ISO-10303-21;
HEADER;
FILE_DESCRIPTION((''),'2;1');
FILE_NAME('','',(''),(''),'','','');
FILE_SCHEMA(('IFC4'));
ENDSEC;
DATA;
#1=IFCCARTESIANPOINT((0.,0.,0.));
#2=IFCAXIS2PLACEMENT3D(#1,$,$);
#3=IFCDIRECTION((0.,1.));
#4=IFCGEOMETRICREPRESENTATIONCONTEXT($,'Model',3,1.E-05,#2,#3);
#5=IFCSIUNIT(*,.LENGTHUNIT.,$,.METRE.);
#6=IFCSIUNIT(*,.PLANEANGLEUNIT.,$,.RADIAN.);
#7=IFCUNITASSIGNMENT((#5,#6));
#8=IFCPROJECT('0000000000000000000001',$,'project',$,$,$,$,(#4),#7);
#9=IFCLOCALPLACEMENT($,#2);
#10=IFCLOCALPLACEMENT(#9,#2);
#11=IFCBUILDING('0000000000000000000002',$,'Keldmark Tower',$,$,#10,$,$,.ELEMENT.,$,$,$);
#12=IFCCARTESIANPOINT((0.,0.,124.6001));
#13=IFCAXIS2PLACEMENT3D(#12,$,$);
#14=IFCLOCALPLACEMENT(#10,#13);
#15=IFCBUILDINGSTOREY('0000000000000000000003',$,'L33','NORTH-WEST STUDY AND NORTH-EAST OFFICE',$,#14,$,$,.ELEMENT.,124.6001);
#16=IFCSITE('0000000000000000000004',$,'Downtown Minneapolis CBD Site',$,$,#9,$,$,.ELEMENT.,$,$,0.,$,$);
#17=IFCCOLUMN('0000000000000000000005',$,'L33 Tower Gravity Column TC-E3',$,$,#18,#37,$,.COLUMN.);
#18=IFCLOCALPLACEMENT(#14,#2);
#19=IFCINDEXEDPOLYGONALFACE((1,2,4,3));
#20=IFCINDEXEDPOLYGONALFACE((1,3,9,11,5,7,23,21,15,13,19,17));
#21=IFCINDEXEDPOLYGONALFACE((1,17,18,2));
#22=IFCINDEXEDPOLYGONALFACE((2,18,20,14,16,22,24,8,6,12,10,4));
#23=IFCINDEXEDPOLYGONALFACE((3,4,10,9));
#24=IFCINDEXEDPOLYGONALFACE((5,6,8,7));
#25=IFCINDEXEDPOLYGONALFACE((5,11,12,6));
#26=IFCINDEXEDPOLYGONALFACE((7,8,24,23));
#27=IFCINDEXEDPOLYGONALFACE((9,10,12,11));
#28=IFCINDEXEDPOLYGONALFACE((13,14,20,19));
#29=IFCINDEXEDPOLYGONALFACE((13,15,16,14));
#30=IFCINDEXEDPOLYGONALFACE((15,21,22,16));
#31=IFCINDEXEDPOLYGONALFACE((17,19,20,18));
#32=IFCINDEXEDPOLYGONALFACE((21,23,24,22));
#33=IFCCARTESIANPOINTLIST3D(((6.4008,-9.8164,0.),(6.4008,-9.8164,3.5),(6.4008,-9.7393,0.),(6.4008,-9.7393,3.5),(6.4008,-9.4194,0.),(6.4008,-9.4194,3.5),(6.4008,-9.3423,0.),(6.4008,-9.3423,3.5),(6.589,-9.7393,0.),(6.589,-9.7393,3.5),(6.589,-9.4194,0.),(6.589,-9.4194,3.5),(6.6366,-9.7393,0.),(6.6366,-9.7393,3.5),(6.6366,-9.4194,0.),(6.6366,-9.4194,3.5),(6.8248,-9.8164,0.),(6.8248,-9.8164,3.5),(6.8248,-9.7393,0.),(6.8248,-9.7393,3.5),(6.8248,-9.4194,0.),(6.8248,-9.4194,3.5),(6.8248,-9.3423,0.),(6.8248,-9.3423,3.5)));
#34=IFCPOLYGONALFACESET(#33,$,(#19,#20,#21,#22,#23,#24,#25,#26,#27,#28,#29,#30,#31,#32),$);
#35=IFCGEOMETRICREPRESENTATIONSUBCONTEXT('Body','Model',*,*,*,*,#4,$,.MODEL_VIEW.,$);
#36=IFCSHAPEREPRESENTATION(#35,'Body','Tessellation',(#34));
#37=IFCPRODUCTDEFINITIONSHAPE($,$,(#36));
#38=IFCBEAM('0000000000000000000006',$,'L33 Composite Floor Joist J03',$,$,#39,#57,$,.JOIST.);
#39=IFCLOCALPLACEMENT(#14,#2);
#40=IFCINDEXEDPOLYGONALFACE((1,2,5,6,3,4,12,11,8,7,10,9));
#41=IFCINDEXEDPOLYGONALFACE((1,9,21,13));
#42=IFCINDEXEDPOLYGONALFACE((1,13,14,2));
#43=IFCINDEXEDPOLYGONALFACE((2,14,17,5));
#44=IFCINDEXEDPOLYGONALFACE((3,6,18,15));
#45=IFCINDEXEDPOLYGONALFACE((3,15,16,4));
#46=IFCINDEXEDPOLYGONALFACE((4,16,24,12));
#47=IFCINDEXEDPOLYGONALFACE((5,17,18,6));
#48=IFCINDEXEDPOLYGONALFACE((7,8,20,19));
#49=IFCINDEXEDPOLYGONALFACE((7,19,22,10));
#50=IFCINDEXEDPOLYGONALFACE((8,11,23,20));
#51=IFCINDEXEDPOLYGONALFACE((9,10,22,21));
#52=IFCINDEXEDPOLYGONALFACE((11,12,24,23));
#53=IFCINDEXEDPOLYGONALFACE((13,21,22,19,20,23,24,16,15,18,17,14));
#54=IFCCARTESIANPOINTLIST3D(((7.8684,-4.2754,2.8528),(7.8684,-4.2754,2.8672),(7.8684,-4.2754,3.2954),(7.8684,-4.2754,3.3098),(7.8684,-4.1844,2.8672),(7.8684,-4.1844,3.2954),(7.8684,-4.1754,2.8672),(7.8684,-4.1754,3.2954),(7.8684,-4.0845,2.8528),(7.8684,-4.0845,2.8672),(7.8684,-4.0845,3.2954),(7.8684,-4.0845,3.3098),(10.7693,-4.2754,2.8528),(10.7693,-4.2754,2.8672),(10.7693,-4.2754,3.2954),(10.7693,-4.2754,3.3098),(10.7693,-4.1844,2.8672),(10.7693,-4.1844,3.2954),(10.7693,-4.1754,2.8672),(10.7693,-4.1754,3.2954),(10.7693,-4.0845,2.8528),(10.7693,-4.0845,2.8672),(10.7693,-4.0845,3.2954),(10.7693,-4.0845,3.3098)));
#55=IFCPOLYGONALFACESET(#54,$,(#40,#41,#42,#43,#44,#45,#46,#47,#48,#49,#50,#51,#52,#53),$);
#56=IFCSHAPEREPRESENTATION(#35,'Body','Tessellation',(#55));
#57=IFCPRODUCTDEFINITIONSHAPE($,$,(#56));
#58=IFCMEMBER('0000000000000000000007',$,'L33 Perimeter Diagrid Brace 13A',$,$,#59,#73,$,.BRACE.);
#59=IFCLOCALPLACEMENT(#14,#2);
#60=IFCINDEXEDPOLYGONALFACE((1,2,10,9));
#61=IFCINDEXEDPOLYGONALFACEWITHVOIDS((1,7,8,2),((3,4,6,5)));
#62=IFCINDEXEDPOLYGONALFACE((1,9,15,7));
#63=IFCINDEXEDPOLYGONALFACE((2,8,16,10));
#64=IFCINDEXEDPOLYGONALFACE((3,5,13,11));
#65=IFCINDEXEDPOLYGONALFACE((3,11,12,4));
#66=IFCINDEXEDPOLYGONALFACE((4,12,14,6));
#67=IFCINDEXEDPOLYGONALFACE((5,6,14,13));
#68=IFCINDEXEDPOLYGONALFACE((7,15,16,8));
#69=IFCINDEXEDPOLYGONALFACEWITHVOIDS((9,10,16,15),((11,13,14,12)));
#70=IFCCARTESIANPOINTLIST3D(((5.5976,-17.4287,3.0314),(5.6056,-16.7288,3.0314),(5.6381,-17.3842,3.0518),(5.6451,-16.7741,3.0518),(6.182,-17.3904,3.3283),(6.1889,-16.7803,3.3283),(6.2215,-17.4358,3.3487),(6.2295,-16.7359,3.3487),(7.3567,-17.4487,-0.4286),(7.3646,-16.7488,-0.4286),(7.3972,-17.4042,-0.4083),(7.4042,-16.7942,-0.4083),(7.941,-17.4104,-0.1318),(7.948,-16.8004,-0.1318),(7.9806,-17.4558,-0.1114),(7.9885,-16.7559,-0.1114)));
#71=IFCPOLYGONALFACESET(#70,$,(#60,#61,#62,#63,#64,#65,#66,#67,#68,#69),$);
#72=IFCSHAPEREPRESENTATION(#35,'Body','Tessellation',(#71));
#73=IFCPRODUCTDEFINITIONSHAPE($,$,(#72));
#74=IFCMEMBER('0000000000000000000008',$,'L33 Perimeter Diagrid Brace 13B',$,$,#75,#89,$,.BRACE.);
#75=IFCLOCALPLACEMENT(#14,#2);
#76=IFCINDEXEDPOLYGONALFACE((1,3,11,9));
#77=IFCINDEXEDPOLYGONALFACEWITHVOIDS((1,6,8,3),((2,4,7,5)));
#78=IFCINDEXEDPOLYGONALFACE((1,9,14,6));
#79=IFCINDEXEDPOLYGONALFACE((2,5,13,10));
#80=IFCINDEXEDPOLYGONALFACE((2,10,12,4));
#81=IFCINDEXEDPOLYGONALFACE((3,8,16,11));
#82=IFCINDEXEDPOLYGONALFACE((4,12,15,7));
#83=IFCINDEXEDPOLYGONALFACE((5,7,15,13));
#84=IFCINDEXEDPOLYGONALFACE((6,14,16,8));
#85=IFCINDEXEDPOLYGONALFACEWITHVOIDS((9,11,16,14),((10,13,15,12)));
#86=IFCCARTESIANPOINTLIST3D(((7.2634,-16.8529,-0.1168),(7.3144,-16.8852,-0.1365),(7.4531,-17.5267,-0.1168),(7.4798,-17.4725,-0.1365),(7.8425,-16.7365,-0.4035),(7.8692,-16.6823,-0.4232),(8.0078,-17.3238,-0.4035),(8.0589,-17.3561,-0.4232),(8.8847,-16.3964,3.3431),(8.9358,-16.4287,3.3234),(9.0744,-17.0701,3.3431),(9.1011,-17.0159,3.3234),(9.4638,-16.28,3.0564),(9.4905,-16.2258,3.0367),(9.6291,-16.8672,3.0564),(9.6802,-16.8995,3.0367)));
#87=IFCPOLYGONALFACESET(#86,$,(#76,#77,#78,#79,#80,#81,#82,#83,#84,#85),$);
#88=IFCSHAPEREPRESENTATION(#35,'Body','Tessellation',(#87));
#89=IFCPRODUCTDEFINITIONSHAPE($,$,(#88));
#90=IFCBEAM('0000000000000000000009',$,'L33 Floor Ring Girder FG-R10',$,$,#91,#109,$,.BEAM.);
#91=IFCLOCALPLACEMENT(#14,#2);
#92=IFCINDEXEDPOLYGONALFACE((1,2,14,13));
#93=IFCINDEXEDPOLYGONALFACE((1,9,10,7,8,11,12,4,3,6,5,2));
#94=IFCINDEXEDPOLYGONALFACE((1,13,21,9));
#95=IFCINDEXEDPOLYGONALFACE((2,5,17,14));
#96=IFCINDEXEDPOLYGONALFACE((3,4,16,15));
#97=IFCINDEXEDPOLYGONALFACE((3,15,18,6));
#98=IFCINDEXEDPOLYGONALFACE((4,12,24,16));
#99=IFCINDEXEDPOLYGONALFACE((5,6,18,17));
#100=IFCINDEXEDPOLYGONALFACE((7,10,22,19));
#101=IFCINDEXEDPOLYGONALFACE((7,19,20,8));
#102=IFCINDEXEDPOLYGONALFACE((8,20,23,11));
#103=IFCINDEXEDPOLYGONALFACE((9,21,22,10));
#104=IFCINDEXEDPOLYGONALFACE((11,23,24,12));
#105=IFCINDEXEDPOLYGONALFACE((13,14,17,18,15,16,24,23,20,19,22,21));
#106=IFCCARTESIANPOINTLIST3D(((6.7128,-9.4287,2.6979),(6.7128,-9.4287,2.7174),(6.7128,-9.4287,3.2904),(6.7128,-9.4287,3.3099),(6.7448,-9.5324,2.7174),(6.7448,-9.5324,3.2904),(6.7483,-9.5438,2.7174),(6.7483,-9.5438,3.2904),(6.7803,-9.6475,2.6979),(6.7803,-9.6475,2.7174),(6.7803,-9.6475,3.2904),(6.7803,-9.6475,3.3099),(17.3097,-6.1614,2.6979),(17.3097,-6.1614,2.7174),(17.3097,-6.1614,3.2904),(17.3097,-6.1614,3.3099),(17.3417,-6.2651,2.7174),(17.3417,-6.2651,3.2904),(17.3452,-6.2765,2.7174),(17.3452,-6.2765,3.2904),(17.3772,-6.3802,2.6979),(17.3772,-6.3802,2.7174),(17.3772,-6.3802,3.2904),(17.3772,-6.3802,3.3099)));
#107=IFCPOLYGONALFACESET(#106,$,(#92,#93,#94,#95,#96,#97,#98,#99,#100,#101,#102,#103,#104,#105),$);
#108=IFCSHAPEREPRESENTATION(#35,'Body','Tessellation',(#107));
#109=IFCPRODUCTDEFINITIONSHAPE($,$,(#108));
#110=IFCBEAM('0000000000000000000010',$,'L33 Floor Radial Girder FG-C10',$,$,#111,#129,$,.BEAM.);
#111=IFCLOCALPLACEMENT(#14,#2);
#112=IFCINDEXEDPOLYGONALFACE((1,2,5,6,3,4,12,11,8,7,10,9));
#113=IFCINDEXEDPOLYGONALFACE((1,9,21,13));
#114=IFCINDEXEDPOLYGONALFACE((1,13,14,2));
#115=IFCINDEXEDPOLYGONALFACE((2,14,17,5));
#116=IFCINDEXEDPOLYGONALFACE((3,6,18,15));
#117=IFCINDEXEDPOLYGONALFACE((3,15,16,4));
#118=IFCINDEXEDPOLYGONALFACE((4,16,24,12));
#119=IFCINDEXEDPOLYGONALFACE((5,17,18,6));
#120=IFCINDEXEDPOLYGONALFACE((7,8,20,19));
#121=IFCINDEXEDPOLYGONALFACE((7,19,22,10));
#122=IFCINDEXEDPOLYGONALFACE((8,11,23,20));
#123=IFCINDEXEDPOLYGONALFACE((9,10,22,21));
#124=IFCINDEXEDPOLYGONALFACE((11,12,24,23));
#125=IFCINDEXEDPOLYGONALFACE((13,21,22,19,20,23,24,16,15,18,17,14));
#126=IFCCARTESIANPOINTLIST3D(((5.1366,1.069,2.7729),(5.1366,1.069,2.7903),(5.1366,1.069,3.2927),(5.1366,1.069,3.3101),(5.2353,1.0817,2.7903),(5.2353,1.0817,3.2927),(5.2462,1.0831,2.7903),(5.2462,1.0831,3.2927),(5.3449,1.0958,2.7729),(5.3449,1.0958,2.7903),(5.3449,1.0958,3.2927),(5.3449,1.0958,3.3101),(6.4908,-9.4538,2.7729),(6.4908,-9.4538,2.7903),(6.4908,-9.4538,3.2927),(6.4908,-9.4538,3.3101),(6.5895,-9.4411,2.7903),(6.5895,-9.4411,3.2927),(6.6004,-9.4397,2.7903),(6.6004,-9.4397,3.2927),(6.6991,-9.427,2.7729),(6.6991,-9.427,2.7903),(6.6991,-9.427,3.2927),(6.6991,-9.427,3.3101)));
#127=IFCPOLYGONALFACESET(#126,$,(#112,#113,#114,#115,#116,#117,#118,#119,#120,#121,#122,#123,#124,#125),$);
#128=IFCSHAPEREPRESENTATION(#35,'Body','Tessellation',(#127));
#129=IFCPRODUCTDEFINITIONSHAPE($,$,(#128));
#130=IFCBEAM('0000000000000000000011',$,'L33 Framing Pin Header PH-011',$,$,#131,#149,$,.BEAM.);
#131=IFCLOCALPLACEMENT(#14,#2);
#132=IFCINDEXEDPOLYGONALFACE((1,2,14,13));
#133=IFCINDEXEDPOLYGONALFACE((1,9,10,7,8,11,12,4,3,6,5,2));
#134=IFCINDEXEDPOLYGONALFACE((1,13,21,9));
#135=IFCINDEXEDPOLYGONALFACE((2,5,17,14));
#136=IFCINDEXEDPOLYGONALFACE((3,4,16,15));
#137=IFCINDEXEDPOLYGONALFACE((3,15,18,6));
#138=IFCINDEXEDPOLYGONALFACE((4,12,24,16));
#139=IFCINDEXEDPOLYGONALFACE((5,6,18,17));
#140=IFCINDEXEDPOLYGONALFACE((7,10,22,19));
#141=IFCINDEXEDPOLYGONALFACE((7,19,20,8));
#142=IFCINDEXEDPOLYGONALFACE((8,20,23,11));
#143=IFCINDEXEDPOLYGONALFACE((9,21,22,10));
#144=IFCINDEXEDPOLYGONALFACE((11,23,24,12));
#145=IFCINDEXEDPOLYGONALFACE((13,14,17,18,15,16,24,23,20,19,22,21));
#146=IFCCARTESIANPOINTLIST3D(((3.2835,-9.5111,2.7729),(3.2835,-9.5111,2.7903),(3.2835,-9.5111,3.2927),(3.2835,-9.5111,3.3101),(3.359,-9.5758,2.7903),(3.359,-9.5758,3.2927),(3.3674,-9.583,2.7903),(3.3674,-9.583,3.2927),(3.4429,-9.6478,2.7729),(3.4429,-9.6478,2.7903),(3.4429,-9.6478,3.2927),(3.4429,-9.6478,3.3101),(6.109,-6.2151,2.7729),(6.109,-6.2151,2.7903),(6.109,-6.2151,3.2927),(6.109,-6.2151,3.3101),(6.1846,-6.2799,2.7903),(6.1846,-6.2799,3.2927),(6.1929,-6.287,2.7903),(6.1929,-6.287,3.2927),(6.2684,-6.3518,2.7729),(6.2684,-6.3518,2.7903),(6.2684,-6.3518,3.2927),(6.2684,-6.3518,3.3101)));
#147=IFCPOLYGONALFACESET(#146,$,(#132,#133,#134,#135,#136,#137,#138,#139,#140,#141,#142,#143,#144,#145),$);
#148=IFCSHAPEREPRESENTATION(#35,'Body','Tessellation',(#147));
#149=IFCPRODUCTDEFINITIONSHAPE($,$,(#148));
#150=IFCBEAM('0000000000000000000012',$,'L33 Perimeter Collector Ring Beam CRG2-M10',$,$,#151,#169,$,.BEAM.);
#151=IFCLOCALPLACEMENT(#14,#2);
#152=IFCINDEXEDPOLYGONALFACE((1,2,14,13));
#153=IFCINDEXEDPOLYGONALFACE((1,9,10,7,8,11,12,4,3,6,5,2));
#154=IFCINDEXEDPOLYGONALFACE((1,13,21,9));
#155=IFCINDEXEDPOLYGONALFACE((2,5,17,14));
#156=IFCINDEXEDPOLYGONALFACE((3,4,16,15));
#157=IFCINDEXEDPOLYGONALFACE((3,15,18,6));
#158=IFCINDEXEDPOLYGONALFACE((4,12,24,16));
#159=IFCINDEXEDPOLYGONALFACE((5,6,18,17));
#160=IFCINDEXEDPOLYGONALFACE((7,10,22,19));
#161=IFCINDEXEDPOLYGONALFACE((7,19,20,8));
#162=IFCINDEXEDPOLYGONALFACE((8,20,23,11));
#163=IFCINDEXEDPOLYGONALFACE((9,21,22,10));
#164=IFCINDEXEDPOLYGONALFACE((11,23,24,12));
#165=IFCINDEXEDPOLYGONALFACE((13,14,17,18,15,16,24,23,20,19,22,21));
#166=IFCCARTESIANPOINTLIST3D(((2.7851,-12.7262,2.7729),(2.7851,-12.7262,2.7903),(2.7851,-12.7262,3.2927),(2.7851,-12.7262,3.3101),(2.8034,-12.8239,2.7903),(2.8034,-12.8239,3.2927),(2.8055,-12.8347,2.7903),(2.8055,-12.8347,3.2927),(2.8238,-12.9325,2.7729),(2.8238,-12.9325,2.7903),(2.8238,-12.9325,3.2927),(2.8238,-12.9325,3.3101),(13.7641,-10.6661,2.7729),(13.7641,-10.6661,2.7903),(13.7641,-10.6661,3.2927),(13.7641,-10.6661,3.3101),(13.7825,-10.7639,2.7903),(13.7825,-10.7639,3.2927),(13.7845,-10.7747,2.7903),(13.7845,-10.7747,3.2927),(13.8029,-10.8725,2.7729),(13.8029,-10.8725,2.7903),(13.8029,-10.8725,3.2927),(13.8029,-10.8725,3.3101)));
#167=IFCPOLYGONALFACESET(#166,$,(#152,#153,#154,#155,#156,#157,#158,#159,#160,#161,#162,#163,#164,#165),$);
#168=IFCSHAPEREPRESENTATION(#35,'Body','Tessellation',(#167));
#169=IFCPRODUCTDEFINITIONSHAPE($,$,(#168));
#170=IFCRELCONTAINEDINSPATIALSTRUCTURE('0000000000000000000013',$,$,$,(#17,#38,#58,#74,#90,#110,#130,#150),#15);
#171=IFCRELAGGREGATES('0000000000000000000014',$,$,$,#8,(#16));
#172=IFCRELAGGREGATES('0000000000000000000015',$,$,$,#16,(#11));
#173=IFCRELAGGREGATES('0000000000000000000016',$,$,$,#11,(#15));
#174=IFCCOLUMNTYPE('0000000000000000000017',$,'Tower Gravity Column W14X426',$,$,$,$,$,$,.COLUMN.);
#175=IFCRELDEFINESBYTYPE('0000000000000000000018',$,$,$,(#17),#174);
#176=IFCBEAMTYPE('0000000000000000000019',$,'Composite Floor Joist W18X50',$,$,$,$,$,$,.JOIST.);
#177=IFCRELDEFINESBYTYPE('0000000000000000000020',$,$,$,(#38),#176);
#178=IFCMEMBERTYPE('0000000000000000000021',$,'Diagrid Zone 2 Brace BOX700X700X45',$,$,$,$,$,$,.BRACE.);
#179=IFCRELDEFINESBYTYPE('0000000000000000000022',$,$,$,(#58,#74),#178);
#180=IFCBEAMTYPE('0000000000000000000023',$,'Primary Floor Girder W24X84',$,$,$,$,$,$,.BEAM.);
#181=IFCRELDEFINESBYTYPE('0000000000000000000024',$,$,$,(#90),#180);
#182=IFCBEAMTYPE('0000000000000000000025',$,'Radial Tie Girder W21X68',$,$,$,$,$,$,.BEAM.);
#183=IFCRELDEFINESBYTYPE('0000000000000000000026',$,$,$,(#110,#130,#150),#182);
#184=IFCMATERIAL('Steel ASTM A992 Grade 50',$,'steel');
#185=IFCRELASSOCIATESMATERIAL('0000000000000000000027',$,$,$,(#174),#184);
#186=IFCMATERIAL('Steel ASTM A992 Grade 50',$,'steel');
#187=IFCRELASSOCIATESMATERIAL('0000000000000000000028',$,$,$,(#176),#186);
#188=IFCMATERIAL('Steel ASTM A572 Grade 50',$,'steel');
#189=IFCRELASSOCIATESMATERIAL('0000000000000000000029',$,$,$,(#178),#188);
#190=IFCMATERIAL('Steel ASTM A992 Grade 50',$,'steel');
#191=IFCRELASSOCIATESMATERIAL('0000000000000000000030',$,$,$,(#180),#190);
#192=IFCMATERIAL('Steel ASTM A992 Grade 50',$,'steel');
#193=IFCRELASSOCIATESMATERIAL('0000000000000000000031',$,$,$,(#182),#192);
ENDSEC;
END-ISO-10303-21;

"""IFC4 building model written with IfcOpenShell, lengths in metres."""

from ifc_helpers import new_model, si_unit, direction, frame, origin, origin_2d, place, context, subcontext, project, spatial, hollow_rectangle, i_section, extrude, material, material_profile, profile_set, type_object, element, save


model = new_model("IFC4")

# Units and contexts
model_context = context("Model", 3, precision=1e-05, world=origin(), true_north=direction((0.0, 1.0)))
body_context = subcontext(model_context, "Body", "Model", "MODEL_VIEW")
ifc_project = project(units=[si_unit("LENGTHUNIT", "METRE"), si_unit("PLANEANGLEUNIT", "RADIAN")], contexts=[model_context])

# Site, building, storey
site_placement = place(None, origin())
site = spatial("IfcSite", under=ifc_project, at=site_placement, Name="Downtown Minneapolis CBD Site", CompositionType="ELEMENT", RefElevation=0.0)
building_placement = place(site_placement, origin())
building = spatial("IfcBuilding", under=site, at=building_placement, Name="Keldmark Tower", CompositionType="ELEMENT")
storey_placement = place(building_placement, frame((0.0, 0.0, 124.6001)))
storey = spatial("IfcBuildingStorey", under=building, at=storey_placement, Name="L33", Description="NORTH-WEST STUDY AND NORTH-EAST OFFICE", CompositionType="ELEMENT", Elevation=124.6001)

# Column
ifc_material_1 = material(Name="Steel ASTM A992 Grade 50", Category="steel")
ifc_material_profile_1 = material_profile(ifc_material_1, i_section(OverallWidth=0.4241, OverallDepth=0.4741, WebThickness=0.0476, FlangeThickness=0.0771, at=origin_2d()), Name="W14X426")
ifc_profile_set_1 = profile_set([ifc_material_profile_1], Name="Steel ASTM A992 Grade 50")
column_type = type_object("IfcColumnType", Name="Tower Gravity Column W14X426", PredefinedType="COLUMN", material=ifc_profile_set_1)
column_placement = place(storey_placement, frame((6.6128, -9.5793, 0.0), z_axis=(0.0, 0.0, 1.0), x_axis=(1.0, 0.0, 0.0)))
element("IfcColumn", 1, at=column_placement, inside=storey, type_object=column_type, Name="L33 Tower Gravity Column TC-E3", PredefinedType="COLUMN", context=body_context, shape_type="SweptSolid", body=[
    extrude(i_section(OverallWidth=0.4241, OverallDepth=0.4741, WebThickness=0.0476, FlangeThickness=0.0771, at=origin_2d()), origin(), (0.0, 0.0, 1.0), 3.5),
])

# Beam
ifc_material_2 = material(Name="Steel ASTM A992 Grade 50", Category="steel")
ifc_material_profile_2 = material_profile(ifc_material_2, i_section(OverallWidth=0.1909, OverallDepth=0.457, WebThickness=0.009, FlangeThickness=0.0144, at=origin_2d()), Name="W18X50")
ifc_profile_set_2 = profile_set([ifc_material_profile_2], Name="Steel ASTM A992 Grade 50")
beam_type_1 = type_object("IfcBeamType", Name="Composite Floor Joist W18X50", PredefinedType="JOIST", material=ifc_profile_set_2)
beam_1_placement = place(storey_placement, frame((7.8684, -4.1799, 3.0813), z_axis=(1.0, 0.0, 0.0), x_axis=(0.0, 1.0, 0.0)))
element("IfcBeam", 2, at=beam_1_placement, inside=storey, type_object=beam_type_1, Name="L33 Composite Floor Joist J03", PredefinedType="JOIST", context=body_context, shape_type="SweptSolid", body=[
    extrude(i_section(OverallWidth=0.1909, OverallDepth=0.457, WebThickness=0.009, FlangeThickness=0.0144, at=origin_2d()), origin(), (0.0, 0.0, 1.0), 2.9009),
])

# Members
ifc_material_3 = material(Name="Steel ASTM A572 Grade 50", Category="steel")
ifc_material_profile_3 = material_profile(ifc_material_3, hollow_rectangle(XDim=0.7, YDim=0.7, WallThickness=0.0449, at=origin_2d()), Name="BOX700X700X45")
ifc_profile_set_3 = profile_set([ifc_material_profile_3], Name="Steel ASTM A572 Grade 50")
member_type = type_object("IfcMemberType", Name="Diagrid Zone 2 Brace BOX700X700X45", PredefinedType="BRACE", material=ifc_profile_set_3)
member_1_placement = place(storey_placement, frame((7.6726, -17.1023, -0.27), z_axis=(-0.453186, 0.005158, 0.891401), x_axis=(-0.01138, -0.999935, 0.0)))
element("IfcMember", 3, at=member_1_placement, inside=storey, type_object=member_type, Name="L33 Perimeter Diagrid Brace 13A", PredefinedType="BRACE", context=body_context, shape_type="SweptSolid", body=[
    extrude(hollow_rectangle(XDim=0.7, YDim=0.7, WallThickness=0.0449, at=origin_2d()), origin(), (0.0, 0.0, 1.0), 3.8816),
])
member_2_placement = place(storey_placement, frame((7.6611, -17.1045, -0.27), z_axis=(0.421326, 0.118639, 0.899116), x_axis=(-0.271044, 0.962567, 0.0)))
element("IfcMember", 4, at=member_2_placement, inside=storey, type_object=member_type, Name="L33 Perimeter Diagrid Brace 13B", PredefinedType="BRACE", context=body_context, shape_type="SweptSolid", body=[
    extrude(hollow_rectangle(XDim=0.7, YDim=0.7, WallThickness=0.0449, at=origin_2d()), origin(), (0.0, 0.0, 1.0), 3.8481),
])

# Beams
ifc_material_4 = material(Name="Steel ASTM A992 Grade 50", Category="steel")
ifc_material_profile_4 = material_profile(ifc_material_4, i_section(OverallWidth=0.229, OverallDepth=0.6121, WebThickness=0.012, FlangeThickness=0.0195, at=origin_2d()), Name="W24X84")
ifc_profile_set_4 = profile_set([ifc_material_profile_4], Name="Steel ASTM A992 Grade 50")
beam_type_2 = type_object("IfcBeamType", Name="Primary Floor Girder W24X84", PredefinedType="BEAM", material=ifc_profile_set_4)
beam_2_placement = place(storey_placement, frame((6.7466, -9.5381, 3.0039), z_axis=(0.955608, 0.294641, 0.0), x_axis=(-0.294641, 0.955608, 0.0)))
element("IfcBeam", 5, at=beam_2_placement, inside=storey, type_object=beam_type_2, Name="L33 Floor Ring Girder FG-R10", PredefinedType="BEAM", context=body_context, shape_type="SweptSolid", body=[
    extrude(i_section(OverallWidth=0.229, OverallDepth=0.6121, WebThickness=0.012, FlangeThickness=0.0195, at=origin_2d()), origin(), (0.0, 0.0, 1.0), 11.0891),
])
ifc_material_5 = material(Name="Steel ASTM A992 Grade 50", Category="steel")
ifc_material_profile_5 = material_profile(ifc_material_5, i_section(OverallWidth=0.21, OverallDepth=0.5371, WebThickness=0.011, FlangeThickness=0.0173, at=origin_2d()), Name="W21X68")
ifc_profile_set_5 = profile_set([ifc_material_profile_5], Name="Steel ASTM A992 Grade 50")
beam_type_3 = type_object("IfcBeamType", Name="Radial Tie Girder W21X68", PredefinedType="BEAM", material=ifc_profile_set_5)
beam_3_placement = place(storey_placement, frame((6.595, -9.4404, 3.0415), z_axis=(-0.127642, 0.99182, 0.0), x_axis=(-0.99182, -0.127642, 0.0)))
element("IfcBeam", 6, at=beam_3_placement, inside=storey, type_object=beam_type_3, Name="L33 Floor Radial Girder FG-C10", PredefinedType="BEAM", context=body_context, shape_type="SweptSolid", body=[
    extrude(i_section(OverallWidth=0.21, OverallDepth=0.5371, WebThickness=0.011, FlangeThickness=0.0173, at=origin_2d()), origin(), (0.0, 0.0, 1.0), 10.6096),
])
beam_4_placement = place(storey_placement, frame((6.1887, -6.2834, 3.0415), z_axis=(-0.650842, -0.759213, 0.0), x_axis=(0.759213, -0.650842, 0.0)))
element("IfcBeam", 7, at=beam_4_placement, inside=storey, type_object=beam_type_3, Name="L33 Framing Pin Header PH-011", PredefinedType="BEAM", context=body_context, shape_type="SweptSolid", body=[
    extrude(i_section(OverallWidth=0.21, OverallDepth=0.5371, WebThickness=0.011, FlangeThickness=0.0173, at=origin_2d()), origin(), (0.0, 0.0, 1.0), 4.3413),
])
beam_5_placement = place(storey_placement, frame((2.8044, -12.8293, 3.0415), z_axis=(0.982848, 0.184418, 0.0), x_axis=(-0.184418, 0.982848, 0.0)))
element("IfcBeam", 8, at=beam_5_placement, inside=storey, type_object=beam_type_3, Name="L33 Perimeter Collector Ring Beam CRG2-M10", PredefinedType="BEAM", context=body_context, shape_type="SweptSolid", body=[
    extrude(i_section(OverallWidth=0.21, OverallDepth=0.5371, WebThickness=0.011, FlangeThickness=0.0173, at=origin_2d()), origin(), (0.0, 0.0, 1.0), 11.1707),
])

save(model, "model.ifc")
